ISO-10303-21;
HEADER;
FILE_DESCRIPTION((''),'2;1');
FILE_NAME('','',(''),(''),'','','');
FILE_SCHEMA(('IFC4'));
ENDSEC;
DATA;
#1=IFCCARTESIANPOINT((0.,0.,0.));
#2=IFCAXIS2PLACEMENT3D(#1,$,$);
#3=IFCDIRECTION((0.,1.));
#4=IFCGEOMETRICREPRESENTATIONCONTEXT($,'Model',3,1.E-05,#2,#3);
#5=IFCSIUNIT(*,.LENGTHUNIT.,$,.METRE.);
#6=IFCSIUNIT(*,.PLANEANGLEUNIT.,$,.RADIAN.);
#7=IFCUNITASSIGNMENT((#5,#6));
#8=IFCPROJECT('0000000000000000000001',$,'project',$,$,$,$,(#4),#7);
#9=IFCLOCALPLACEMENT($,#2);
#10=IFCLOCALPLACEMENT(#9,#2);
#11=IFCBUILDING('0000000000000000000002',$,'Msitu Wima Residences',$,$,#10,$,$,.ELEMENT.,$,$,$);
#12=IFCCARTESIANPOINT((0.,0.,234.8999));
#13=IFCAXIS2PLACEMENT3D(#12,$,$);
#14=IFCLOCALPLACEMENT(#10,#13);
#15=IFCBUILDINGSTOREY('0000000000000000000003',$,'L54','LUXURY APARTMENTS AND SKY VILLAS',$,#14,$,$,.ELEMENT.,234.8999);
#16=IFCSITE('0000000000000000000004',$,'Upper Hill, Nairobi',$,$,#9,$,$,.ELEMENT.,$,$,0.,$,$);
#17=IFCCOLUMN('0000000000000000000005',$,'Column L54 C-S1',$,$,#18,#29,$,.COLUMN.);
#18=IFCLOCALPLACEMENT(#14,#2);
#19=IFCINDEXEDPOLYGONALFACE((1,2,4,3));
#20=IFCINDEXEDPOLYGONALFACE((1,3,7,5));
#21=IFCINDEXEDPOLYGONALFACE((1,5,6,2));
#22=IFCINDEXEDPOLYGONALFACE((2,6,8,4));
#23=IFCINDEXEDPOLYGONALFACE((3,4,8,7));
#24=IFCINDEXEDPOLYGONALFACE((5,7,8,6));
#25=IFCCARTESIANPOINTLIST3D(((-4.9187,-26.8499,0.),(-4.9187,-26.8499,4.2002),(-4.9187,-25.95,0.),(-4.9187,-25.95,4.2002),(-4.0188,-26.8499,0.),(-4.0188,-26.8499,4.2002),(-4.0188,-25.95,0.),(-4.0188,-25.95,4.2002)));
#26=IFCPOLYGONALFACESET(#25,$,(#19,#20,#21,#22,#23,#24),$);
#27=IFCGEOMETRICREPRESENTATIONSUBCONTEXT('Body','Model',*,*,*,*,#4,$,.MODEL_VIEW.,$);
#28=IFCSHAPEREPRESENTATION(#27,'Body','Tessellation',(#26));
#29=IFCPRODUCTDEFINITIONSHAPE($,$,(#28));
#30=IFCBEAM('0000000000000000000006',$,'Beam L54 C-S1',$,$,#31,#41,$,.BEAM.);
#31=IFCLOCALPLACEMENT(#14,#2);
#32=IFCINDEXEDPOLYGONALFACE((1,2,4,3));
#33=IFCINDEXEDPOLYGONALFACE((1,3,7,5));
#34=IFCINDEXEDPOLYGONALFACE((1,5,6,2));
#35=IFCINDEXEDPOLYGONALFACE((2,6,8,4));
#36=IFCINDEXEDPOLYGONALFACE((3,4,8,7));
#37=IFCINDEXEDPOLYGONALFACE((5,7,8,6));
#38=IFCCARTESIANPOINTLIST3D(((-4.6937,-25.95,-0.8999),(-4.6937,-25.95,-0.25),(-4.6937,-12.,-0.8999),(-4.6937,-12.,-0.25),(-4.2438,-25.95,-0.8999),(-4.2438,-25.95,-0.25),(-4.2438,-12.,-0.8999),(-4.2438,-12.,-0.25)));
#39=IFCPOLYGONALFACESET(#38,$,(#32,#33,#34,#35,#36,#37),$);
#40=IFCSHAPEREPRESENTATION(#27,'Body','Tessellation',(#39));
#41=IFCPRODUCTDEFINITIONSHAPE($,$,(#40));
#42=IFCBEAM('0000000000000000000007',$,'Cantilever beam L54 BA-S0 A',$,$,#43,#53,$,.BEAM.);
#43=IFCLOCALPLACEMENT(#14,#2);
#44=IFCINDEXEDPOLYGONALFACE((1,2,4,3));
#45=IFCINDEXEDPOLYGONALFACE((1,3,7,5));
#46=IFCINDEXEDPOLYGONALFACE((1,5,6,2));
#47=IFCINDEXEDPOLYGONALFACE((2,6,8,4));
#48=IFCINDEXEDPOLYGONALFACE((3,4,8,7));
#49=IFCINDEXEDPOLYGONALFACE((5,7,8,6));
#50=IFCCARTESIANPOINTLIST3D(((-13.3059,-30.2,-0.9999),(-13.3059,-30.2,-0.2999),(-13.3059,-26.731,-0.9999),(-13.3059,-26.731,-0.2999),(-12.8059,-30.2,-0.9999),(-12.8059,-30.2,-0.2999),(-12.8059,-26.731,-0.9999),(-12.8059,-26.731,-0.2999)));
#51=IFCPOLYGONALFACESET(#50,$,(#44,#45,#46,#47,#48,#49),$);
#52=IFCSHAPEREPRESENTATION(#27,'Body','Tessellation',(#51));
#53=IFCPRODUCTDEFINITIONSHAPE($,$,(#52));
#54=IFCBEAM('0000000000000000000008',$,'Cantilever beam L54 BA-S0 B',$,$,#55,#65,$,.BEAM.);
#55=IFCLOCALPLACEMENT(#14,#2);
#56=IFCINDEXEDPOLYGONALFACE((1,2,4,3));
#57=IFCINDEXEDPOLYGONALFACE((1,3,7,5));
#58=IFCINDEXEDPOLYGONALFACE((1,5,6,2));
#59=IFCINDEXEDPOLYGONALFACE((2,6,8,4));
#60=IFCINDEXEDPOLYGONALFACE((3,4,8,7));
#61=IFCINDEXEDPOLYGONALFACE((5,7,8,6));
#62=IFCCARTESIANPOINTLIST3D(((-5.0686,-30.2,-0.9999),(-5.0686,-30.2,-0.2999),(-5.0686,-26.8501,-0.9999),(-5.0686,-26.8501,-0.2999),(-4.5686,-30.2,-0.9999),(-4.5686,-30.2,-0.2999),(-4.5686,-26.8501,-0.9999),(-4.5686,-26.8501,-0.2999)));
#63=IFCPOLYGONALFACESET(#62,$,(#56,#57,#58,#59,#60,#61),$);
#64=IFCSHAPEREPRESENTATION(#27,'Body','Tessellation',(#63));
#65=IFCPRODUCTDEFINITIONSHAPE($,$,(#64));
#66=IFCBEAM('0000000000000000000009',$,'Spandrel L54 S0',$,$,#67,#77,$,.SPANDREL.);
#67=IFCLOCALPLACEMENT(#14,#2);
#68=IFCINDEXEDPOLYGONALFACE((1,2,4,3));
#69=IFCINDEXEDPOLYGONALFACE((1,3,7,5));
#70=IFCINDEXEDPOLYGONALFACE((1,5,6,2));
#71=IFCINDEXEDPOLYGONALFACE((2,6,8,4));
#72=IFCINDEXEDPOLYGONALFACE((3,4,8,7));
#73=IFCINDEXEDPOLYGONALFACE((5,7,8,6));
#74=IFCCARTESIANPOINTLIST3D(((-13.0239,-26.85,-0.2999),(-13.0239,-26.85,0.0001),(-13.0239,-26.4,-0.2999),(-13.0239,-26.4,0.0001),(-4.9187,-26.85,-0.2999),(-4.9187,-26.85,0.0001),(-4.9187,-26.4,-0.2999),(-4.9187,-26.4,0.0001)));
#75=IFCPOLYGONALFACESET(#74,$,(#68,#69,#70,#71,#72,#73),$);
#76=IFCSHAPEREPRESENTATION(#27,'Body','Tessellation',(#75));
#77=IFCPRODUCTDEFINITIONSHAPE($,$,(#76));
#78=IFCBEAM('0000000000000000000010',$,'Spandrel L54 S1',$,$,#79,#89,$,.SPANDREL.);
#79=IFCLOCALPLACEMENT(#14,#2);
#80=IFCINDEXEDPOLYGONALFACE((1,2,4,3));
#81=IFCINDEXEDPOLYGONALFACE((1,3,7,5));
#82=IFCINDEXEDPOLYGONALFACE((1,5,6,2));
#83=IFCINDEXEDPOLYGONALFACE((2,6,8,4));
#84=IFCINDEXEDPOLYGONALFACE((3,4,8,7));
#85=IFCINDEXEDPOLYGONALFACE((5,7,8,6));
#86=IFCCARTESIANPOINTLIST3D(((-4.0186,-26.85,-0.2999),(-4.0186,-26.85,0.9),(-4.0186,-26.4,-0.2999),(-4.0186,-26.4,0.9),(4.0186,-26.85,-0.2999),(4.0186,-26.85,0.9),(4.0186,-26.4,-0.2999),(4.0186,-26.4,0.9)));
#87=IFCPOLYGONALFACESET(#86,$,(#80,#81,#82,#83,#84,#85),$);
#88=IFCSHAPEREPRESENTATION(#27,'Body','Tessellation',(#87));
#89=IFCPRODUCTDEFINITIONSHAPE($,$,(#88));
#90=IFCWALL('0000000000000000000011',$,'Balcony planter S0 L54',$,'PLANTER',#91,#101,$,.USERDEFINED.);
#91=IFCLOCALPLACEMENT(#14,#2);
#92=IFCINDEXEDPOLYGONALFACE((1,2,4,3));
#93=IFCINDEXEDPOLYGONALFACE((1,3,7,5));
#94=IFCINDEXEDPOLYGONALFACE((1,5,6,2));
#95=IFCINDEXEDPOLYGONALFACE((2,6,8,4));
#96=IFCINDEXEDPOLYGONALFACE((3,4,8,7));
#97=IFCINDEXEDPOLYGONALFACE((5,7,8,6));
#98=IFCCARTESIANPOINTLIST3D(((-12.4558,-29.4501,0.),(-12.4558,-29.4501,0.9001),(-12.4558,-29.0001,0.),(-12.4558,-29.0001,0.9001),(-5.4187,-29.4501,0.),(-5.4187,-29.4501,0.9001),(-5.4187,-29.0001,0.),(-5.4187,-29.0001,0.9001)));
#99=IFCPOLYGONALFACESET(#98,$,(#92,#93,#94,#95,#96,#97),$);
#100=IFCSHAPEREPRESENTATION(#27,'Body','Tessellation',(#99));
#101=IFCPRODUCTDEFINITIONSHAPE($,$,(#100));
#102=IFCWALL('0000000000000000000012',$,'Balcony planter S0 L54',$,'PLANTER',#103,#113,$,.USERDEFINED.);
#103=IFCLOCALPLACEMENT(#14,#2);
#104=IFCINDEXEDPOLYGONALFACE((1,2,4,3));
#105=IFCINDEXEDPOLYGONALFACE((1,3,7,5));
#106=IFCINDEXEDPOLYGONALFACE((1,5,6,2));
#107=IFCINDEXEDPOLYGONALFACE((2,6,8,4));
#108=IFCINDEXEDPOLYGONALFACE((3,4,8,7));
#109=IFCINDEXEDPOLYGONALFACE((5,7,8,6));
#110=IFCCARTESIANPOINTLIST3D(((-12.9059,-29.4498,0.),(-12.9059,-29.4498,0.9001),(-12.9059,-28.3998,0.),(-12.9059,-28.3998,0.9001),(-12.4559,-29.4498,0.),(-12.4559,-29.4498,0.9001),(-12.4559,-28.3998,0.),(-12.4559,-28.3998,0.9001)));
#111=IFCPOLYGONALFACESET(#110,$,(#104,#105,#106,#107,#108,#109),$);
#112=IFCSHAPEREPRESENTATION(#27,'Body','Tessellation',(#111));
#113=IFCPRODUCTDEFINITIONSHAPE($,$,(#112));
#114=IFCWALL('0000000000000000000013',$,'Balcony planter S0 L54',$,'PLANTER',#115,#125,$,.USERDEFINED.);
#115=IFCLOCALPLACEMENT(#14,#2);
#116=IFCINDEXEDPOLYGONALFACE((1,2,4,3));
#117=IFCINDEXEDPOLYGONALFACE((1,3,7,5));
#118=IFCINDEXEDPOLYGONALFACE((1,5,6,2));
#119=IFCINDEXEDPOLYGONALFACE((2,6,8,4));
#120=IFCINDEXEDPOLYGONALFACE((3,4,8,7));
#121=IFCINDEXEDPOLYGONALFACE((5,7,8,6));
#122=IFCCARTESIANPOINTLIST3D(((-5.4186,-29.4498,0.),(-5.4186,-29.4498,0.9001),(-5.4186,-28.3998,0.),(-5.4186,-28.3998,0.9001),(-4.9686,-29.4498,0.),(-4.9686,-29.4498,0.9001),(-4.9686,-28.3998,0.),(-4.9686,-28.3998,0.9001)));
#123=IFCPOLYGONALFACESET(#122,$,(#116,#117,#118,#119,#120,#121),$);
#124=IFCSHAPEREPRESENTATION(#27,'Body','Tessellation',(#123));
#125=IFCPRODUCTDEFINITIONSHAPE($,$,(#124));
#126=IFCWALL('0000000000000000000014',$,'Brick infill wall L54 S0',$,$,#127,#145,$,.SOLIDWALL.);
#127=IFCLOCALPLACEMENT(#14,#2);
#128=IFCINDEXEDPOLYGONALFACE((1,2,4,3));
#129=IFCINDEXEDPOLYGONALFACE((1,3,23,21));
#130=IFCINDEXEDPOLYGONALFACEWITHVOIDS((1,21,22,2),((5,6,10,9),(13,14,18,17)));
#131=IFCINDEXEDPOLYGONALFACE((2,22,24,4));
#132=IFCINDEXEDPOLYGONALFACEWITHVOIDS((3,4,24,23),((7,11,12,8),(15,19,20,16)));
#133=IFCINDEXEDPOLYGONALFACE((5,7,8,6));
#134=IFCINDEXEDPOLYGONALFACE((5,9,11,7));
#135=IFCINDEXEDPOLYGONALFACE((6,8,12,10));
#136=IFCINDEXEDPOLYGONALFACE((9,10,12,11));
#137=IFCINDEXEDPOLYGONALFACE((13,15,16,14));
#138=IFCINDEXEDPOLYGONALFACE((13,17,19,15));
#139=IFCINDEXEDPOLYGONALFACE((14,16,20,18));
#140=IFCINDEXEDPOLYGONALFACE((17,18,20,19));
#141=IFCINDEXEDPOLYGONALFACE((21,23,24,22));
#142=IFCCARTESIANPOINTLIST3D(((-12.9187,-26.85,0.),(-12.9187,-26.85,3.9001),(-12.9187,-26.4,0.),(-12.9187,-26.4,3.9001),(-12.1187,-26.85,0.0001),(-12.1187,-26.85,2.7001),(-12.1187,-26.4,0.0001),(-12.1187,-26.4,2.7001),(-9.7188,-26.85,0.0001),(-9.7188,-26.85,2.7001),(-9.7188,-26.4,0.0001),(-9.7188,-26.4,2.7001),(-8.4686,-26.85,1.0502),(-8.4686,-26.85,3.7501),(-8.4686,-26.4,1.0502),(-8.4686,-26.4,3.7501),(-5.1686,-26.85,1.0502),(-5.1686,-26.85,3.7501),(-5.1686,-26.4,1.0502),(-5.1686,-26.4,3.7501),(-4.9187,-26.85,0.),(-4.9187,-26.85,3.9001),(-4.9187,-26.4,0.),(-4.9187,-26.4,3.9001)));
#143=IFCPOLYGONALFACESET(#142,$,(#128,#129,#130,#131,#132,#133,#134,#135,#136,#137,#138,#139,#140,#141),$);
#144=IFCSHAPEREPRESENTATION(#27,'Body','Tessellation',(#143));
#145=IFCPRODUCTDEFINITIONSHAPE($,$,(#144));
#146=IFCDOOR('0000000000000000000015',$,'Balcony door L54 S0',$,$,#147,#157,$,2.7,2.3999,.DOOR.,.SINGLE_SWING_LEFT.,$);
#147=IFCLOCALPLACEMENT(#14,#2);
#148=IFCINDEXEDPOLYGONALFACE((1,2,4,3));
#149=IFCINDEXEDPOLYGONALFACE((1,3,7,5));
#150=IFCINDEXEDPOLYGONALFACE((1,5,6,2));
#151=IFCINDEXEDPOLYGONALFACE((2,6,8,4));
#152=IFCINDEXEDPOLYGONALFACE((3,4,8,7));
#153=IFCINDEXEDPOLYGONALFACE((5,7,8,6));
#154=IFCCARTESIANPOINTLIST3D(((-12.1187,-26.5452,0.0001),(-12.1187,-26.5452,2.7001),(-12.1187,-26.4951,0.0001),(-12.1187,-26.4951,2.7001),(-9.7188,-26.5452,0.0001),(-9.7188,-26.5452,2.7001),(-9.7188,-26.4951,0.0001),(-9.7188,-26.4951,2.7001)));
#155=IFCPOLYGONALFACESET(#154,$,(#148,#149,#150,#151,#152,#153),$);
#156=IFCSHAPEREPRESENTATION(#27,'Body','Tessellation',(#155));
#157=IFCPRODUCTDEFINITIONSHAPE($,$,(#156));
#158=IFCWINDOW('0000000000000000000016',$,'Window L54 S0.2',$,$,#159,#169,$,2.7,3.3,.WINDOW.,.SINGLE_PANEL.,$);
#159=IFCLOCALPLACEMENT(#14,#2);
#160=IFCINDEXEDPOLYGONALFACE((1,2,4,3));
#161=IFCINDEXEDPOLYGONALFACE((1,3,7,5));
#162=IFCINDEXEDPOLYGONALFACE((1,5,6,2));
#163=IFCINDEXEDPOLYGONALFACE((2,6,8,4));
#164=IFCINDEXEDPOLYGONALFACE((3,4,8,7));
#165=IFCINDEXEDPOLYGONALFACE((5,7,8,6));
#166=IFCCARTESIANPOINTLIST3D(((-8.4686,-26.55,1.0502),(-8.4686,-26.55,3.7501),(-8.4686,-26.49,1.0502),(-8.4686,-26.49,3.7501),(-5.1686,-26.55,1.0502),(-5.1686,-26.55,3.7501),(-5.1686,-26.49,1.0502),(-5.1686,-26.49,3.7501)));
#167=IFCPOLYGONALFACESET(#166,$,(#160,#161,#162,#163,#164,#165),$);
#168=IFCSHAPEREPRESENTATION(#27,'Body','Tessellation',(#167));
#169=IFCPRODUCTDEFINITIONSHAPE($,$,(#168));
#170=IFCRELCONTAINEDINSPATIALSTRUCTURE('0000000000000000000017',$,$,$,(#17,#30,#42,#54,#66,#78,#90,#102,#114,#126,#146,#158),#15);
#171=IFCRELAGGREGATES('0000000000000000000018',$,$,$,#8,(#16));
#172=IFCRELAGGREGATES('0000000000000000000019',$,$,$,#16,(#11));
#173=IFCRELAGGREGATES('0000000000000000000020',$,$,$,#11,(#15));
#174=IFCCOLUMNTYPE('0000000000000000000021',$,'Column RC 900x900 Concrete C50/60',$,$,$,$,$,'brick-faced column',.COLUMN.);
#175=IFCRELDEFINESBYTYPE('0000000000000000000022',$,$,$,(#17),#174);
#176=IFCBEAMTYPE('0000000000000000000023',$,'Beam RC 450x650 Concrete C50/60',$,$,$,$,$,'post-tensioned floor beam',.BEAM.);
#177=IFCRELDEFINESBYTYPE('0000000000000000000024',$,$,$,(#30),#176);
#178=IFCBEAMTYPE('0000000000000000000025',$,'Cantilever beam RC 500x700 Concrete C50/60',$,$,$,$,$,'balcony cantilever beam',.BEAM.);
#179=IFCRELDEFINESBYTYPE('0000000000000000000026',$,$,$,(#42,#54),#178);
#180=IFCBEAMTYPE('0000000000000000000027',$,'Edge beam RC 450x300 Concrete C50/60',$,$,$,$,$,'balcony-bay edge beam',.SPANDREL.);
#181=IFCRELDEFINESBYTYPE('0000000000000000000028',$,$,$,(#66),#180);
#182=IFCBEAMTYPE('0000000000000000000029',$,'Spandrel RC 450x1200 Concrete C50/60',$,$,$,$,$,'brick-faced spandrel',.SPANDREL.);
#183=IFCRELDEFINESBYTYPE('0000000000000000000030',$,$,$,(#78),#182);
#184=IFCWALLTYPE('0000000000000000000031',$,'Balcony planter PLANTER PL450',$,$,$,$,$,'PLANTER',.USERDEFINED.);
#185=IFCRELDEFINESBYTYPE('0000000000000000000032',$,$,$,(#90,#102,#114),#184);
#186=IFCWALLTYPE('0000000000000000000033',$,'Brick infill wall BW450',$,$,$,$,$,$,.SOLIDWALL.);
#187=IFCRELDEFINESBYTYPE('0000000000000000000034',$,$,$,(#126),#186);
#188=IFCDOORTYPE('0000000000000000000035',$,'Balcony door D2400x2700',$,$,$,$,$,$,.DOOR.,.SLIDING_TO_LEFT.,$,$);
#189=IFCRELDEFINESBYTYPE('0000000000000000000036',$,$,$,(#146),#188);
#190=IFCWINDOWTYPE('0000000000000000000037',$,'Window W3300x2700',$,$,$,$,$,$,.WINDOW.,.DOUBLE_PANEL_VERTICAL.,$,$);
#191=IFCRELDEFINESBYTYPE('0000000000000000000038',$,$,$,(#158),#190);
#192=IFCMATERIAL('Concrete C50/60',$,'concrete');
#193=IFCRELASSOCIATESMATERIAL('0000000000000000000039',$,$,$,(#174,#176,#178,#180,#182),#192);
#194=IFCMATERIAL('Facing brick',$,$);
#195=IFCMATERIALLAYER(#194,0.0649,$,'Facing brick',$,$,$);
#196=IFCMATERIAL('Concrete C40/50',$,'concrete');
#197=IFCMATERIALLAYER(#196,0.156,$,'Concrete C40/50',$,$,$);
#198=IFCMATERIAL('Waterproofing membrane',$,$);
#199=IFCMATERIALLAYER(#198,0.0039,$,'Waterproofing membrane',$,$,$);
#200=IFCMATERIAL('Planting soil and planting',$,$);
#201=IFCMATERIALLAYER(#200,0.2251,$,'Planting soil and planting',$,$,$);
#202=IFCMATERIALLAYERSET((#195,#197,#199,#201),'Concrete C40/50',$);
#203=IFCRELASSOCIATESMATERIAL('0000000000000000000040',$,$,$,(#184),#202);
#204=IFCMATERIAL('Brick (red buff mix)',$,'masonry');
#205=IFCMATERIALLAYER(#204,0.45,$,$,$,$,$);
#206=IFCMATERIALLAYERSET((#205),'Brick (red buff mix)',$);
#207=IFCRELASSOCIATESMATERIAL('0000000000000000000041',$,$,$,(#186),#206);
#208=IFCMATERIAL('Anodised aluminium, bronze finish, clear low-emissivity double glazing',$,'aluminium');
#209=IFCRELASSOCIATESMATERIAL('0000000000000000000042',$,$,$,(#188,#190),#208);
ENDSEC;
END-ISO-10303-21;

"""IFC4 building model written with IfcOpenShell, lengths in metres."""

from ifc_helpers import new_model, si_unit, direction, frame, frame_2d, origin, origin_2d, place, context, subcontext, project, spatial, rectangle, extrude, material, layer, layer_set, material_profile, profile_set, type_object, element, fill, save


model = new_model("IFC4")

# Units and contexts
model_context = context("Model", 3, precision=1e-05, world=origin(), true_north=direction((0.0, 1.0)))
body_context = subcontext(model_context, "Body", "Model", "MODEL_VIEW")
ifc_project = project(units=[si_unit("LENGTHUNIT", "METRE"), si_unit("PLANEANGLEUNIT", "RADIAN")], contexts=[model_context])

# Site, building, storey
site_placement = place(None, origin())
site = spatial("IfcSite", under=ifc_project, at=site_placement, Name="Upper Hill, Nairobi", CompositionType="ELEMENT", RefElevation=0.0)
building_placement = place(site_placement, origin())
building = spatial("IfcBuilding", under=site, at=building_placement, Name="Msitu Wima Residences", CompositionType="ELEMENT")
storey_placement = place(building_placement, frame((0.0, 0.0, 234.8999)))
storey = spatial("IfcBuildingStorey", under=building, at=storey_placement, Name="L54", Description="LUXURY APARTMENTS AND SKY VILLAS", CompositionType="ELEMENT", Elevation=234.8999)

# Column
ifc_material_1 = material(Name="Concrete C50/60", Category="concrete")
ifc_material_profile_1 = material_profile(ifc_material_1, rectangle(XDim=0.8999, YDim=0.8999, at=origin_2d()), Name="RC 900x900")
ifc_profile_set_1 = profile_set([ifc_material_profile_1], Name="Concrete C50/60")
column_type = type_object("IfcColumnType", Name="Column RC 900x900 Concrete C50/60", ElementType="brick-faced column", PredefinedType="COLUMN", material=ifc_profile_set_1)
column_placement = place(storey_placement, frame((-4.4688, -26.3999, 0.0), z_axis=(0.0, 0.0, 1.0), x_axis=(1.0, 0.0, 0.0)))
element("IfcColumn", 1, at=column_placement, inside=storey, type_object=column_type, Name="Column L54 C-S1", PredefinedType="COLUMN", context=body_context, shape_type="SweptSolid", body=[
    extrude(rectangle(XDim=0.8999, YDim=0.8999, at=origin_2d()), origin(), (0.0, 0.0, 1.0), 4.2002),
])

# Beams
ifc_material_profile_2 = material_profile(ifc_material_1, rectangle(XDim=0.45, YDim=0.6499, at=origin_2d()), Name="RC 450x650")
ifc_profile_set_2 = profile_set([ifc_material_profile_2], Name="Concrete C50/60")
beam_type_1 = type_object("IfcBeamType", Name="Beam RC 450x650 Concrete C50/60", ElementType="post-tensioned floor beam", PredefinedType="BEAM", material=ifc_profile_set_2)
beam_1_placement = place(storey_placement, frame((-4.4688, -25.95, -0.575), z_axis=(0.0, 1.0, 0.0), x_axis=(-1.0, 0.0, 0.0)))
element("IfcBeam", 2, at=beam_1_placement, inside=storey, type_object=beam_type_1, Name="Beam L54 C-S1", PredefinedType="BEAM", context=body_context, shape_type="SweptSolid", body=[
    extrude(rectangle(XDim=0.45, YDim=0.6499, at=origin_2d()), origin(), (0.0, 0.0, 1.0), 13.95),
])
ifc_material_profile_3 = material_profile(ifc_material_1, rectangle(XDim=0.5, YDim=0.7, at=origin_2d()), Name="RC 500x700")
ifc_profile_set_3 = profile_set([ifc_material_profile_3], Name="Concrete C50/60")
beam_type_2 = type_object("IfcBeamType", Name="Cantilever beam RC 500x700 Concrete C50/60", ElementType="balcony cantilever beam", PredefinedType="BEAM", material=ifc_profile_set_3)
beam_2_placement = place(storey_placement, frame((-13.0559, -26.731, -0.6499), z_axis=(0.0, -1.0, 0.0), x_axis=(1.0, 0.0, 0.0)))
element("IfcBeam", 3, at=beam_2_placement, inside=storey, type_object=beam_type_2, Name="Cantilever beam L54 BA-S0 A", PredefinedType="BEAM", context=body_context, shape_type="SweptSolid", body=[
    extrude(rectangle(XDim=0.5, YDim=0.7, at=origin_2d()), origin(), (0.0, 0.0, 1.0), 3.469),
])
beam_3_placement = place(storey_placement, frame((-4.8186, -26.8501, -0.6499), z_axis=(0.0, -1.0, 0.0), x_axis=(1.0, 0.0, 0.0)))
element("IfcBeam", 4, at=beam_3_placement, inside=storey, type_object=beam_type_2, Name="Cantilever beam L54 BA-S0 B", PredefinedType="BEAM", context=body_context, shape_type="SweptSolid", body=[
    extrude(rectangle(XDim=0.5, YDim=0.7, at=origin_2d()), origin(), (0.0, 0.0, 1.0), 3.3499),
])
ifc_material_profile_4 = material_profile(ifc_material_1, rectangle(XDim=0.45, YDim=0.3, at=origin_2d()), Name="RC 450x300")
ifc_profile_set_4 = profile_set([ifc_material_profile_4], Name="Concrete C50/60")
beam_type_3 = type_object("IfcBeamType", Name="Edge beam RC 450x300 Concrete C50/60", ElementType="balcony-bay edge beam", PredefinedType="SPANDREL", material=ifc_profile_set_4)
beam_4_placement = place(storey_placement, frame((-13.0239, -26.625, -0.1499), z_axis=(1.0, 0.0, 0.0), x_axis=(0.0, 1.0, 0.0)))
element("IfcBeam", 5, at=beam_4_placement, inside=storey, type_object=beam_type_3, Name="Spandrel L54 S0", PredefinedType="SPANDREL", context=body_context, shape_type="SweptSolid", body=[
    extrude(rectangle(XDim=0.45, YDim=0.3, at=origin_2d()), origin(), (0.0, 0.0, 1.0), 8.1052),
])
ifc_material_profile_5 = material_profile(ifc_material_1, rectangle(XDim=0.45, YDim=1.2, at=origin_2d()), Name="RC 450x1200")
ifc_profile_set_5 = profile_set([ifc_material_profile_5], Name="Concrete C50/60")
beam_type_4 = type_object("IfcBeamType", Name="Spandrel RC 450x1200 Concrete C50/60", ElementType="brick-faced spandrel", PredefinedType="SPANDREL", material=ifc_profile_set_5)
beam_5_placement = place(storey_placement, frame((-4.0186, -26.625, 0.3), z_axis=(1.0, 0.0, 0.0), x_axis=(0.0, 1.0, 0.0)))
element("IfcBeam", 6, at=beam_5_placement, inside=storey, type_object=beam_type_4, Name="Spandrel L54 S1", PredefinedType="SPANDREL", context=body_context, shape_type="SweptSolid", body=[
    extrude(rectangle(XDim=0.45, YDim=1.2, at=origin_2d()), origin(), (0.0, 0.0, 1.0), 8.0371),
])

# Walls
ifc_material_2 = material(Name="Facing brick")
ifc_layer_1 = layer(ifc_material_2, 0.0649, Name="Facing brick")
ifc_material_3 = material(Name="Concrete C40/50", Category="concrete")
ifc_layer_2 = layer(ifc_material_3, 0.156, Name="Concrete C40/50")
ifc_material_4 = material(Name="Waterproofing membrane")
ifc_layer_3 = layer(ifc_material_4, 0.0039, Name="Waterproofing membrane")
ifc_material_5 = material(Name="Planting soil and planting")
ifc_layer_4 = layer(ifc_material_5, 0.2251, Name="Planting soil and planting")
ifc_layer_set_1 = layer_set([ifc_layer_1, ifc_layer_2, ifc_layer_3, ifc_layer_4], Name="Concrete C40/50")
wall_type_1 = type_object("IfcWallType", Name="Balcony planter PLANTER PL450", ElementType="PLANTER", PredefinedType="USERDEFINED", material=ifc_layer_set_1)
wall_1_placement = place(storey_placement, frame((-12.4558, -29.2251, 0.0), z_axis=(0.0, 0.0, 1.0), x_axis=(1.0, 0.0, 0.0)))
element("IfcWall", 7, at=wall_1_placement, inside=storey, type_object=wall_type_1, Name="Balcony planter S0 L54", ObjectType="PLANTER", PredefinedType="USERDEFINED", context=body_context, shape_type="SweptSolid", body=[
    extrude(rectangle(XDim=7.0371, YDim=0.45, at=frame_2d((3.5186, 0.0))), origin(), (0.0, 0.0, 1.0), 0.9001),
])
for number, where, z_axis, x_axis, name in (
    (8, (-12.6809, -28.3999, 0.0), (0.0, 0.0, 1.0), (0.0, -1.0, 0.0), "Balcony planter S0 L54"),
    (9, (-5.1936, -28.3999, 0.0), (0.0, 0.0, 1.0), (0.0, -1.0, 0.0), "Balcony planter S0 L54"),
):
    element("IfcWall", number, at=place(storey_placement, frame(where, z_axis=z_axis, x_axis=x_axis)), inside=storey, type_object=wall_type_1, Name=name, ObjectType="PLANTER", PredefinedType="USERDEFINED", context=body_context, shape_type="SweptSolid", body=[
        extrude(rectangle(XDim=1.05, YDim=0.45, at=frame_2d((0.5249, 0.0))), origin(), (0.0, 0.0, 1.0), 0.9001),
    ])

# Wall, openings, door, window
ifc_material_6 = material(Name="Brick (red buff mix)", Category="masonry")
ifc_layer_5 = layer(ifc_material_6, 0.45)
ifc_layer_set_2 = layer_set([ifc_layer_5], Name="Brick (red buff mix)")
wall_type_2 = type_object("IfcWallType", Name="Brick infill wall BW450", PredefinedType="SOLIDWALL", material=ifc_layer_set_2)
wall_2_placement = place(storey_placement, frame((-12.9187, -26.625, 0.0), z_axis=(0.0, 0.0, 1.0), x_axis=(1.0, 0.0, 0.0)))
wall_2 = element("IfcWall", 10, at=wall_2_placement, inside=storey, type_object=wall_type_2, Name="Brick infill wall L54 S0", PredefinedType="SOLIDWALL", context=body_context, shape_type="SweptSolid", body=[
    extrude(rectangle(XDim=8.0, YDim=0.45, at=frame_2d((4.0, 0.0))), origin(), (0.0, 0.0, 1.0), 3.9001),
])
opening_1_placement = place(wall_2_placement, frame((0.8, 0.0, 0.0)))
opening_1 = element("IfcOpeningElement", 11, at=opening_1_placement, cuts=wall_2, PredefinedType="OPENING", context=body_context, shape_type="SweptSolid", body=[
    extrude(rectangle(XDim=2.3999, YDim=2.7, at=frame_2d((1.2, 1.3501))), frame((0.0, 0.2349, 0.0), z_axis=(0.0, -1.0, 0.0), x_axis=(1.0, 0.0, 0.0)), (0.0, 0.0, 1.0), 0.47),
])
opening_2_placement = place(wall_2_placement, frame((4.4502, 0.0, 1.05)))
opening_2 = element("IfcOpeningElement", 12, at=opening_2_placement, cuts=wall_2, PredefinedType="OPENING", context=body_context, shape_type="SweptSolid", body=[
    extrude(rectangle(XDim=3.3, YDim=2.7, at=frame_2d((1.6499, 1.3501))), frame((0.0, 0.2349, 0.0), z_axis=(0.0, -1.0, 0.0), x_axis=(1.0, 0.0, 0.0)), (0.0, 0.0, 1.0), 0.47),
])
ifc_material_7 = material(Name="Anodised aluminium, bronze finish, clear low-emissivity double glazing", Category="aluminium")
door_type_1 = type_object("IfcDoorType", Name="Balcony door D2400x2700", OperationType="SLIDING_TO_LEFT", PredefinedType="DOOR", material=ifc_material_7)
door_1_placement = place(opening_1_placement, origin())
door_1 = element("IfcDoor", 13, at=door_1_placement, inside=storey, type_object=door_type_1, Name="Balcony door L54 S0", OperationType="SINGLE_SWING_LEFT", OverallHeight=2.7, OverallWidth=2.3999, PredefinedType="DOOR", context=body_context, shape_type="SweptSolid", body=[
    extrude(rectangle(XDim=2.3999, YDim=2.7, at=frame_2d((1.2, 1.3501))), frame((0.0, 0.1299, 0.0), z_axis=(0.0, -1.0, 0.0), x_axis=(1.0, 0.0, 0.0)), (0.0, 0.0, 1.0), 0.05),
])
fill(opening_1, door_1)
window_type = type_object("IfcWindowType", Name="Window W3300x2700", PartitioningType="DOUBLE_PANEL_VERTICAL", PredefinedType="WINDOW", material=ifc_material_7)
window_1_placement = place(opening_2_placement, origin())
window_1 = element("IfcWindow", 14, at=window_1_placement, inside=storey, type_object=window_type, Name="Window L54 S0.2", OverallHeight=2.7, OverallWidth=3.3, PartitioningType="SINGLE_PANEL", PredefinedType="WINDOW", context=body_context, shape_type="SweptSolid", body=[
    extrude(rectangle(XDim=3.3, YDim=2.7, at=frame_2d((1.6499, 1.3501))), frame((0.0, 0.135, 0.0), z_axis=(0.0, -1.0, 0.0), x_axis=(1.0, 0.0, 0.0)), (0.0, 0.0, 1.0), 0.0601),
])
fill(opening_2, window_1)

save(model, "model.ifc")
